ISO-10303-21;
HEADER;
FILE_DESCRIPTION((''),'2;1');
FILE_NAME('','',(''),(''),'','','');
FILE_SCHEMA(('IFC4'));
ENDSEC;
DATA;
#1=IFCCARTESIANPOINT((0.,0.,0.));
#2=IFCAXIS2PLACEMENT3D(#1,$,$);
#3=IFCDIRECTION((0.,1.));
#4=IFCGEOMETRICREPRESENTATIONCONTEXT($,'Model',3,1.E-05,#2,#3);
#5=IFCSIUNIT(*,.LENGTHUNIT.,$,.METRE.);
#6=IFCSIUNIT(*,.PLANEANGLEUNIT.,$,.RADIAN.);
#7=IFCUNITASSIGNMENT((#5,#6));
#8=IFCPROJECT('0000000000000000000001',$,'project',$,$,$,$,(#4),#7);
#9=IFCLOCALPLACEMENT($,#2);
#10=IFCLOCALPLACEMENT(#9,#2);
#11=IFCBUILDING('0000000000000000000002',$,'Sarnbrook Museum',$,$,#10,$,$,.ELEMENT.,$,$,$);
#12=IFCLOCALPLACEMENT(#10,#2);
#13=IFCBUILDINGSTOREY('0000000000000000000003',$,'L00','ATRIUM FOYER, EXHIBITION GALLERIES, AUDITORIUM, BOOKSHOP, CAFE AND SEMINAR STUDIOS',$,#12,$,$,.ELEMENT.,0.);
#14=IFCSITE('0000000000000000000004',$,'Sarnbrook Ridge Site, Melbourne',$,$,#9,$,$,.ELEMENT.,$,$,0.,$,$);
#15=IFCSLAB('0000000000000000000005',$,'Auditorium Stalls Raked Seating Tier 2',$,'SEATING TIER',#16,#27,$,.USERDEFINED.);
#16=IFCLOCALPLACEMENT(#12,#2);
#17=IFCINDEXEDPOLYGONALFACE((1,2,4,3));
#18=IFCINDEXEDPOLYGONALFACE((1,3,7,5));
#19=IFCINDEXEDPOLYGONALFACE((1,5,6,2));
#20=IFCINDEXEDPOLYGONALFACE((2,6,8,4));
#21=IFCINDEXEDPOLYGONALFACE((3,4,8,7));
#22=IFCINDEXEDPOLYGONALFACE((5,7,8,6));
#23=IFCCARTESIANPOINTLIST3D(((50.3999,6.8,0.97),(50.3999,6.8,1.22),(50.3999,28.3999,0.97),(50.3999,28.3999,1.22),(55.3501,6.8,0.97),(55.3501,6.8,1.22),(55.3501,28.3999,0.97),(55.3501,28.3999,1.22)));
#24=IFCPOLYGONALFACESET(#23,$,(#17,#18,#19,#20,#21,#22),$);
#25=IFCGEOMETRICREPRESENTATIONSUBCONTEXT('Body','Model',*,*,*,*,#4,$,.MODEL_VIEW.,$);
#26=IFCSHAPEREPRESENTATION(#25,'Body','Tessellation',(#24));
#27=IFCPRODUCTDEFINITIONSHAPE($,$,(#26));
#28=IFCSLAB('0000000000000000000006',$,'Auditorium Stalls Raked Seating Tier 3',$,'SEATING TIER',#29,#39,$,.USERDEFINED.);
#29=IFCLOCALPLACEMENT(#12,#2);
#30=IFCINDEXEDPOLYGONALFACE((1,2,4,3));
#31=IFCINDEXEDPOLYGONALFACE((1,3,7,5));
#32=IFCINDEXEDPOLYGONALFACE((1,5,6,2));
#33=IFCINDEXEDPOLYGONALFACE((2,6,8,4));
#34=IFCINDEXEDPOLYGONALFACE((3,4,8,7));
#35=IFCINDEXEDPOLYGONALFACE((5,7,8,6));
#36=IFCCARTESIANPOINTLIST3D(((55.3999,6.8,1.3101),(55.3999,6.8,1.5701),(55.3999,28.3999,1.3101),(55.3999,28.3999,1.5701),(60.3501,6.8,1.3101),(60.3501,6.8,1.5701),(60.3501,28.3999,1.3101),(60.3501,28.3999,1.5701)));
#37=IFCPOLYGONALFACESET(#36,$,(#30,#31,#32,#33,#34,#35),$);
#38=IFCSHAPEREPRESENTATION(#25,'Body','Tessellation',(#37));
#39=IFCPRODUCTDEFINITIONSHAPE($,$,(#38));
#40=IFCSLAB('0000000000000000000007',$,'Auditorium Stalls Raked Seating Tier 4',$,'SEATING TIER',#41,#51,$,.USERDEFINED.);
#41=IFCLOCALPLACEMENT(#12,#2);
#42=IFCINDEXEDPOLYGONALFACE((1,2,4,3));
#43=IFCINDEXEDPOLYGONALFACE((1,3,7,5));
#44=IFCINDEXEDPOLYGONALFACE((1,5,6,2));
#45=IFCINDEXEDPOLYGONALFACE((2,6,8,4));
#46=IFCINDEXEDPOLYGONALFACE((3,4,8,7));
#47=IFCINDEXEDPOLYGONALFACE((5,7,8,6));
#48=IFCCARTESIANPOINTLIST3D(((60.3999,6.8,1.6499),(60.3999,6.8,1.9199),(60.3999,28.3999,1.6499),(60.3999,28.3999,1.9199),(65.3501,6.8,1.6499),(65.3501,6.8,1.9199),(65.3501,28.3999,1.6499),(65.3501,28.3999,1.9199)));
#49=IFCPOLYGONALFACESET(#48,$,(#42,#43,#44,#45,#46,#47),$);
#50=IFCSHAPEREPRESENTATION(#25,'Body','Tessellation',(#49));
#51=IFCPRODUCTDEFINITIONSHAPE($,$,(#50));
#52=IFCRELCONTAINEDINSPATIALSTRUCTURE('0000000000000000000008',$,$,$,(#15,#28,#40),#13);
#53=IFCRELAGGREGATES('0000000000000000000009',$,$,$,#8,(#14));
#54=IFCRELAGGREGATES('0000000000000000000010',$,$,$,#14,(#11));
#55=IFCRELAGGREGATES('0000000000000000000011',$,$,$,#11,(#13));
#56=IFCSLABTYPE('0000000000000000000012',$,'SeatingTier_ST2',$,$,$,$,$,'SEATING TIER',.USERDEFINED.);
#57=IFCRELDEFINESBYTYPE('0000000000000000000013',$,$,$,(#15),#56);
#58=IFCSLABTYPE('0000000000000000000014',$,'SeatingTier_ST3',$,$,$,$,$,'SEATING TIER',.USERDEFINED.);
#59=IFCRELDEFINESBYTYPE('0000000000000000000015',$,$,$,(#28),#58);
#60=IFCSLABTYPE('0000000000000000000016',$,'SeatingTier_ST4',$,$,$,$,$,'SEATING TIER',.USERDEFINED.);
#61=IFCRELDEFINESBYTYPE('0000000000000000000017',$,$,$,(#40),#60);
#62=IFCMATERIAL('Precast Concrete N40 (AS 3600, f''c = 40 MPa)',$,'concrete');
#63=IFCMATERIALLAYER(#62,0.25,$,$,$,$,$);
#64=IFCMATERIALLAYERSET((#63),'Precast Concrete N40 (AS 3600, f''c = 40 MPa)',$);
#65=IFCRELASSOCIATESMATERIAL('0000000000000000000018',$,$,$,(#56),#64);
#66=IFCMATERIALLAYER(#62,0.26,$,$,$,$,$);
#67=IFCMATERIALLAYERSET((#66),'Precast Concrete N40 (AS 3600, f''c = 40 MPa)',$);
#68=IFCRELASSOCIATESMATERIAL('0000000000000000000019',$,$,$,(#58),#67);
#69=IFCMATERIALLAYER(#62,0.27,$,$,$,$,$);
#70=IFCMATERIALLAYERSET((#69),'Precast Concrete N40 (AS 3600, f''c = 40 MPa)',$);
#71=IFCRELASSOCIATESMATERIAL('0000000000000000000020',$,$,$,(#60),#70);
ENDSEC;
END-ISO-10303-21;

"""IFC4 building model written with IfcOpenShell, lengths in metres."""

from ifc_helpers import new_model, si_unit, direction, frame, origin, place, context, subcontext, project, spatial, polyline, outline, extrude, material, layer, layer_set, type_object, element, save


model = new_model("IFC4")

# Units and contexts
model_context = context("Model", 3, precision=1e-05, world=origin(), true_north=direction((0.0, 1.0)))
body_context = subcontext(model_context, "Body", "Model", "MODEL_VIEW")
ifc_project = project(units=[si_unit("LENGTHUNIT", "METRE"), si_unit("PLANEANGLEUNIT", "RADIAN")], contexts=[model_context])

# Site, building, storey
site_placement = place(None, origin())
site = spatial("IfcSite", under=ifc_project, at=site_placement, Name="Sarnbrook Ridge Site, Melbourne", CompositionType="ELEMENT", RefElevation=0.0)
building_placement = place(site_placement, origin())
building = spatial("IfcBuilding", under=site, at=building_placement, Name="Sarnbrook Museum", CompositionType="ELEMENT")
storey_placement = place(building_placement, origin())
storey = spatial("IfcBuildingStorey", under=building, at=storey_placement, Name="L00", Description="ATRIUM FOYER, EXHIBITION GALLERIES, AUDITORIUM, BOOKSHOP, CAFE AND SEMINAR STUDIOS", CompositionType="ELEMENT", Elevation=0.0)

# Slabs
ifc_material_1 = material(Name="Precast Concrete N40 (AS 3600, f'c = 40 MPa)", Category="concrete")
ifc_layer_1 = layer(ifc_material_1, 0.25)
ifc_layer_set_1 = layer_set([ifc_layer_1], Name="Precast Concrete N40 (AS 3600, f'c = 40 MPa)")
slab_type_1 = type_object("IfcSlabType", Name="SeatingTier_ST2", ElementType="SEATING TIER", PredefinedType="USERDEFINED", material=ifc_layer_set_1)
slab_1_placement = place(storey_placement, frame((0.0, 0.0, 0.97)))
element("IfcSlab", 1, at=slab_1_placement, inside=storey, type_object=slab_type_1, Name="Auditorium Stalls Raked Seating Tier 2", ObjectType="SEATING TIER", PredefinedType="USERDEFINED", context=body_context, shape_type="SweptSolid", body=[
    extrude(outline(polyline([(50.3999, 6.8), (55.3501, 6.8), (55.3501, 28.3999), (50.3999, 28.3999), (50.3999, 6.8)])), origin(), (0.0, 0.0, 1.0), 0.25),
])
ifc_layer_2 = layer(ifc_material_1, 0.26)
ifc_layer_set_2 = layer_set([ifc_layer_2], Name="Precast Concrete N40 (AS 3600, f'c = 40 MPa)")
slab_type_2 = type_object("IfcSlabType", Name="SeatingTier_ST3", ElementType="SEATING TIER", PredefinedType="USERDEFINED", material=ifc_layer_set_2)
slab_2_placement = place(storey_placement, frame((0.0, 0.0, 1.3101)))
element("IfcSlab", 2, at=slab_2_placement, inside=storey, type_object=slab_type_2, Name="Auditorium Stalls Raked Seating Tier 3", ObjectType="SEATING TIER", PredefinedType="USERDEFINED", context=body_context, shape_type="SweptSolid", body=[
    extrude(outline(polyline([(55.3999, 6.8), (60.3501, 6.8), (60.3501, 28.3999), (55.3999, 28.3999), (55.3999, 6.8)])), origin(), (0.0, 0.0, 1.0), 0.26),
])
ifc_layer_3 = layer(ifc_material_1, 0.27)
ifc_layer_set_3 = layer_set([ifc_layer_3], Name="Precast Concrete N40 (AS 3600, f'c = 40 MPa)")
slab_type_3 = type_object("IfcSlabType", Name="SeatingTier_ST4", ElementType="SEATING TIER", PredefinedType="USERDEFINED", material=ifc_layer_set_3)
slab_3_placement = place(storey_placement, frame((0.0, 0.0, 1.6499)))
element("IfcSlab", 3, at=slab_3_placement, inside=storey, type_object=slab_type_3, Name="Auditorium Stalls Raked Seating Tier 4", ObjectType="SEATING TIER", PredefinedType="USERDEFINED", context=body_context, shape_type="SweptSolid", body=[
    extrude(outline(polyline([(60.3999, 6.8), (65.3501, 6.8), (65.3501, 28.3999), (60.3999, 28.3999), (60.3999, 6.8)])), origin(), (0.0, 0.0, 1.0), 0.27),
])

save(model, "model.ifc")
